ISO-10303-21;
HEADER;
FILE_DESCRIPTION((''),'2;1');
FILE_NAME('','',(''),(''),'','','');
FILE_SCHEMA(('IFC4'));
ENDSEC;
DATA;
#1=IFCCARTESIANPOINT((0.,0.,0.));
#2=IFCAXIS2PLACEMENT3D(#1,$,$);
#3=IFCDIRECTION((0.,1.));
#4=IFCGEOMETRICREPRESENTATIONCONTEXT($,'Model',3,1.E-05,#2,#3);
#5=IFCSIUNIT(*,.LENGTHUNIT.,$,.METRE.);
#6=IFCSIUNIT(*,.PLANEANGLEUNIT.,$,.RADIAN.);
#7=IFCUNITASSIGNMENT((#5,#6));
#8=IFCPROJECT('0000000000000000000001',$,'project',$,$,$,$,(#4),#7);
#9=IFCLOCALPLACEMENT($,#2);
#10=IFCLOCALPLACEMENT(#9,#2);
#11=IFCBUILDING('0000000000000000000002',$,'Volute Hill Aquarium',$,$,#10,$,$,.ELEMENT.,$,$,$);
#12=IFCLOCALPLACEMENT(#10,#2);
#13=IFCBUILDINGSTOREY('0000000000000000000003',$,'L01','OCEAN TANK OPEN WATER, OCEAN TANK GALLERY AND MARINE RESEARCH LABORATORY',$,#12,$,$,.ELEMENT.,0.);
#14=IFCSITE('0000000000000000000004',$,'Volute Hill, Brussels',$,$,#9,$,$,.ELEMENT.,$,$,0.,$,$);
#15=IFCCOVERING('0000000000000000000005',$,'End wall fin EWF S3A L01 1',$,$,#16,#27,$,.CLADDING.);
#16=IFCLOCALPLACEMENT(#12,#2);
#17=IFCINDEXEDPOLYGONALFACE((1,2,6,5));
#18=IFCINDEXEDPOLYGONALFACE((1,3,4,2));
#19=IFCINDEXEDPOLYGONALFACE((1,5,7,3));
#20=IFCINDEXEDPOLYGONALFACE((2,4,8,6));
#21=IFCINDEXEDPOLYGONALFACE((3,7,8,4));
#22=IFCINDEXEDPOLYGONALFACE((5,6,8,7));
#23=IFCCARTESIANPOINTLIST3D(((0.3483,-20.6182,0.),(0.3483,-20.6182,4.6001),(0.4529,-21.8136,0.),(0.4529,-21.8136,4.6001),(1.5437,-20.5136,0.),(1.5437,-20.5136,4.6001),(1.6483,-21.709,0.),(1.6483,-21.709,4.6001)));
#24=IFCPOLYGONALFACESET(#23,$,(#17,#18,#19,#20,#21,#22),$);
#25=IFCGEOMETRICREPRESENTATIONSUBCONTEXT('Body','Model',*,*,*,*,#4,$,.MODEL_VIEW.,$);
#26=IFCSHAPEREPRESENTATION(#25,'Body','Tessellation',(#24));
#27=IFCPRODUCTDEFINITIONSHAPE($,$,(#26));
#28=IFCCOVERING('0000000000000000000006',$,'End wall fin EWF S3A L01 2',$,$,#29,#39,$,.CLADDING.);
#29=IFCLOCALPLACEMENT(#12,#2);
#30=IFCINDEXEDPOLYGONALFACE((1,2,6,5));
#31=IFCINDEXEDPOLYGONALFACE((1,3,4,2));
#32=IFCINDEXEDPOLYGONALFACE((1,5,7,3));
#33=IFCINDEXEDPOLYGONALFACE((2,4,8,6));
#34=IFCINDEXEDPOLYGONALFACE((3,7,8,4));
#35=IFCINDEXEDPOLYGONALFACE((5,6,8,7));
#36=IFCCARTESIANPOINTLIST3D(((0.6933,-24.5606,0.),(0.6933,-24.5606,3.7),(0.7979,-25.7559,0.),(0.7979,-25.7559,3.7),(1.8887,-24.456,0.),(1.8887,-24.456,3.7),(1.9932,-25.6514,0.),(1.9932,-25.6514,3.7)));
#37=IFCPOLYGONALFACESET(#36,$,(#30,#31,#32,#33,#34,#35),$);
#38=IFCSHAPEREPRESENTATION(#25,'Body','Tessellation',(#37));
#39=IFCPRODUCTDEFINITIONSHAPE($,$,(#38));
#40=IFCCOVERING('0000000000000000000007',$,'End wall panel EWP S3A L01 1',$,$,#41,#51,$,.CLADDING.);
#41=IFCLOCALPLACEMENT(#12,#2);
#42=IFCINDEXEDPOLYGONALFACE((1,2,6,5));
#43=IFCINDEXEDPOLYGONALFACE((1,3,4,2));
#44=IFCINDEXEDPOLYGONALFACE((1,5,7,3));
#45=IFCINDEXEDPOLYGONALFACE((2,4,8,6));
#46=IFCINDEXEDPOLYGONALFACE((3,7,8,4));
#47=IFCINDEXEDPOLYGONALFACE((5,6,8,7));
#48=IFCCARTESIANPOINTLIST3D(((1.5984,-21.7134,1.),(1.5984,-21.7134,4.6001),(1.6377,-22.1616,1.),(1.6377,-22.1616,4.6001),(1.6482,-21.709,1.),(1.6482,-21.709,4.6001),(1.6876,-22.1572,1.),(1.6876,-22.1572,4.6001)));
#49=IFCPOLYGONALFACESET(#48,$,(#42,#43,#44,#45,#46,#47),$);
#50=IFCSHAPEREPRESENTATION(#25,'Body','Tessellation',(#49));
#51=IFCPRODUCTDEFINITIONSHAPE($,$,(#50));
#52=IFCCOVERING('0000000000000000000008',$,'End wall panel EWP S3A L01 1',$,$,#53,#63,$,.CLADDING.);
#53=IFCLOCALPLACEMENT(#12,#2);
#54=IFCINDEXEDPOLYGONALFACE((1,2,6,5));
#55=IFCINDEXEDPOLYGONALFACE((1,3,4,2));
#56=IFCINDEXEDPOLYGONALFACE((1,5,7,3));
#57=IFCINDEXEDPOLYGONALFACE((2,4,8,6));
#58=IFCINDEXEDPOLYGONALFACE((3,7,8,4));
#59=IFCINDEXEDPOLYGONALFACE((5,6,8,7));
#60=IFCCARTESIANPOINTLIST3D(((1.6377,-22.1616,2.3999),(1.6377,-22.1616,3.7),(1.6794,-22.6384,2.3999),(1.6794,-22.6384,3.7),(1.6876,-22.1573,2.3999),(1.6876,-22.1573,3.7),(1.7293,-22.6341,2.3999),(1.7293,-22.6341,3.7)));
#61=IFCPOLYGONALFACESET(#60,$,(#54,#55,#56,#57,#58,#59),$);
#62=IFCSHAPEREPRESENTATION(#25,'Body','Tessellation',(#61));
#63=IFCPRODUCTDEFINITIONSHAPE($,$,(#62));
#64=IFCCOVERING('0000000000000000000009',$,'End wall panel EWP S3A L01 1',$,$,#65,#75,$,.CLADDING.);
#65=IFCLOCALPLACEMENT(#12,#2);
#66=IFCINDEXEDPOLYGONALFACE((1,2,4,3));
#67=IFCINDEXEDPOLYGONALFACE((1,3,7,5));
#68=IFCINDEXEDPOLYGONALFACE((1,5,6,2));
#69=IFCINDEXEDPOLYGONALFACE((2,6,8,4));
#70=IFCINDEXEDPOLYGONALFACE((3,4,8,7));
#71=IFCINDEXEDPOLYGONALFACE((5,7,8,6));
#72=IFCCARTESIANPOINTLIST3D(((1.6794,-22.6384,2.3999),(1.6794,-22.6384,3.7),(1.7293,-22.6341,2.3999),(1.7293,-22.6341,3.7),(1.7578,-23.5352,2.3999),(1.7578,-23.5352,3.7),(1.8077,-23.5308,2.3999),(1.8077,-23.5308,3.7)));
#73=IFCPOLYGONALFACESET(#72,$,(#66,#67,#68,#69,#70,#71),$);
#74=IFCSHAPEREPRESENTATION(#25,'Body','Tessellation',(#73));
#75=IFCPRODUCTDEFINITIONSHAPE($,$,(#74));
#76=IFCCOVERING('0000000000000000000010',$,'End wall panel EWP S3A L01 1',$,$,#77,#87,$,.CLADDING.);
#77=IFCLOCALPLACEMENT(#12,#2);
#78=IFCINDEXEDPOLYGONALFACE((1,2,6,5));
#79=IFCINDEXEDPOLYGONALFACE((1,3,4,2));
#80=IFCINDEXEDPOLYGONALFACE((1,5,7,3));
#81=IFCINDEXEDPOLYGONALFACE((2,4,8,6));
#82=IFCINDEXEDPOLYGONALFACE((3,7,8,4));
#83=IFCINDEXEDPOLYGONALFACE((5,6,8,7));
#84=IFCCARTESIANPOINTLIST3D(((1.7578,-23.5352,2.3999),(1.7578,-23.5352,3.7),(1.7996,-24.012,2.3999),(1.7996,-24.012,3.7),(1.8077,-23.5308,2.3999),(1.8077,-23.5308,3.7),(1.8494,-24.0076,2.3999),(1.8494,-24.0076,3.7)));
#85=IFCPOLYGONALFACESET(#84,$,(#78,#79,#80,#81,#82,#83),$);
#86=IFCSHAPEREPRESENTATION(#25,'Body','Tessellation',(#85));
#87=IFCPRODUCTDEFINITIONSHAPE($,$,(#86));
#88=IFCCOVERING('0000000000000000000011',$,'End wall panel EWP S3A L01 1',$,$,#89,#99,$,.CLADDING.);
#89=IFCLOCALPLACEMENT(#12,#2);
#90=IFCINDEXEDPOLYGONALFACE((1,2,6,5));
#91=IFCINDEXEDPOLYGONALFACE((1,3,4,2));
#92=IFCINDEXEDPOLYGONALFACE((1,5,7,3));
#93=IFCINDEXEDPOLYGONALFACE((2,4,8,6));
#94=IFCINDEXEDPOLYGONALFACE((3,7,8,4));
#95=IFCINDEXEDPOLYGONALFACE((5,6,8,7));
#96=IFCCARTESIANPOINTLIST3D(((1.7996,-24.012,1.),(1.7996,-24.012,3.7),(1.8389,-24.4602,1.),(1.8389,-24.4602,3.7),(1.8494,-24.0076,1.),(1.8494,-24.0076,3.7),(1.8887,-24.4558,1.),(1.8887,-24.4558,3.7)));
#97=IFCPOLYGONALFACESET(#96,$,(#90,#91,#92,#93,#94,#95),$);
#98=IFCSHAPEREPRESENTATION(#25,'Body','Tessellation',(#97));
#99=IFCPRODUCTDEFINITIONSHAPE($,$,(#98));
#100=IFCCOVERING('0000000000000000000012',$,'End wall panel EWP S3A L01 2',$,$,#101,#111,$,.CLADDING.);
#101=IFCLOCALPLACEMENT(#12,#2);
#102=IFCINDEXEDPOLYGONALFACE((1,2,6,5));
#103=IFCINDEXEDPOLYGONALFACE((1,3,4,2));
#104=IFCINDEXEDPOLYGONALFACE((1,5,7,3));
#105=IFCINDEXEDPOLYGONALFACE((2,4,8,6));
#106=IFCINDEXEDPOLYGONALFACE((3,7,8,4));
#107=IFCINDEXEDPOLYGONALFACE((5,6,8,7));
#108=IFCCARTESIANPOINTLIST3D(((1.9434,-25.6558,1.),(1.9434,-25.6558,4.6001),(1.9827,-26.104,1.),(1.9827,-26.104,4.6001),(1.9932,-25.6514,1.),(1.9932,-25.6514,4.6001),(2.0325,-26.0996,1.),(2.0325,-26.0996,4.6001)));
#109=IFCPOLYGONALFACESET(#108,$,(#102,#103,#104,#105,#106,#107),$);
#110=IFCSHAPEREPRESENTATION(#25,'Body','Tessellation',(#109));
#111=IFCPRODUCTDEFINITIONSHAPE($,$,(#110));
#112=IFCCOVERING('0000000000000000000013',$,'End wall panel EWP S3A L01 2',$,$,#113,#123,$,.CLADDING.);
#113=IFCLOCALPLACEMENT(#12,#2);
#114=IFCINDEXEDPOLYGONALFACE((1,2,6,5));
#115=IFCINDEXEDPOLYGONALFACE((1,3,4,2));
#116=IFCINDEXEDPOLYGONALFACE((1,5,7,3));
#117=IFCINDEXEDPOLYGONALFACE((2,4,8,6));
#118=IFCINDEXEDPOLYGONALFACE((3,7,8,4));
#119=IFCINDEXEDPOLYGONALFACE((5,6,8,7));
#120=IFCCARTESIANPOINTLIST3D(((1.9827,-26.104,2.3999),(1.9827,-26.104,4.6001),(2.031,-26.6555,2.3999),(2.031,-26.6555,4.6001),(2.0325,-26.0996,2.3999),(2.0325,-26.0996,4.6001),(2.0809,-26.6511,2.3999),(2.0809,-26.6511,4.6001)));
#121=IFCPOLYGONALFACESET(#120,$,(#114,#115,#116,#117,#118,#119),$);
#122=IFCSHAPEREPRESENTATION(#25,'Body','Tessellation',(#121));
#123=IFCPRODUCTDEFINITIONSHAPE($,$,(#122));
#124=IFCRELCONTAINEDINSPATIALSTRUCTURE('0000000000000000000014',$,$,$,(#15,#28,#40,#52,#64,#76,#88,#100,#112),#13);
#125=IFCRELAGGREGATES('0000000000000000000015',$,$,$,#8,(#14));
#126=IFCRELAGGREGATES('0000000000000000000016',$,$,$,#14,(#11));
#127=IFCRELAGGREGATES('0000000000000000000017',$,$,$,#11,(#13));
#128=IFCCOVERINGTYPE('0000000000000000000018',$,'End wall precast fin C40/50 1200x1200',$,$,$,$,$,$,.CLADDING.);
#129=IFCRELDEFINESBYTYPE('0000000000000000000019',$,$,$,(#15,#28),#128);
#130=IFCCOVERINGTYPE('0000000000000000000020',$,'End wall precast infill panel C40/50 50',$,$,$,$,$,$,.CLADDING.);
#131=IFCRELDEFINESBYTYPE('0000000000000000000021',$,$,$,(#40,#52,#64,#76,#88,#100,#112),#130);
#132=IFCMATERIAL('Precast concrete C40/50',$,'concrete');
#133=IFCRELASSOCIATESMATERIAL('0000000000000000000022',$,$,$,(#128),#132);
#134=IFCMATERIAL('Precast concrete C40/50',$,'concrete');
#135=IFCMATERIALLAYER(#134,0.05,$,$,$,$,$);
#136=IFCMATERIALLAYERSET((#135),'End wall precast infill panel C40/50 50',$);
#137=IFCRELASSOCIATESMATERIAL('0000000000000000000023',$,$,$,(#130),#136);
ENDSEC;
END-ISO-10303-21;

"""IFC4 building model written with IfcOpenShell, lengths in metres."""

from ifc_helpers import new_model, si_unit, direction, frame, origin, origin_2d, place, context, subcontext, project, spatial, polyline, rectangle, outline, extrude, material, layer, layer_set, type_object, element, save


model = new_model("IFC4")

# Units and contexts
model_context = context("Model", 3, precision=1e-05, world=origin(), true_north=direction((0.0, 1.0)))
body_context = subcontext(model_context, "Body", "Model", "MODEL_VIEW")
ifc_project = project(units=[si_unit("LENGTHUNIT", "METRE"), si_unit("PLANEANGLEUNIT", "RADIAN")], contexts=[model_context])

# Site, building, storey
site_placement = place(None, origin())
site = spatial("IfcSite", under=ifc_project, at=site_placement, Name="Volute Hill, Brussels", CompositionType="ELEMENT", RefElevation=0.0)
building_placement = place(site_placement, origin())
building = spatial("IfcBuilding", under=site, at=building_placement, Name="Volute Hill Aquarium", CompositionType="ELEMENT")
storey_placement = place(building_placement, origin())
storey = spatial("IfcBuildingStorey", under=building, at=storey_placement, Name="L01", Description="OCEAN TANK OPEN WATER, OCEAN TANK GALLERY AND MARINE RESEARCH LABORATORY", CompositionType="ELEMENT", Elevation=0.0)

# Coverings
ifc_material_1 = material(Name="Precast concrete C40/50", Category="concrete")
covering_type_1 = type_object("IfcCoveringType", Name="End wall precast fin C40/50 1200x1200", PredefinedType="CLADDING", material=ifc_material_1)
covering_1_placement = place(storey_placement, frame((0.9983, -21.1636, 0.0), z_axis=(0.0, 0.0, 1.0), x_axis=(0.08716, -0.996194, 0.0)))
element("IfcCovering", 1, at=covering_1_placement, inside=storey, type_object=covering_type_1, Name="End wall fin EWF S3A L01 1", PredefinedType="CLADDING", context=body_context, shape_type="SweptSolid", body=[
    extrude(rectangle(XDim=1.2, YDim=1.2, at=origin_2d()), origin(), (0.0, 0.0, 1.0), 4.6001),
])
covering_2_placement = place(storey_placement, frame((1.3433, -25.106, 0.0), z_axis=(0.0, 0.0, 1.0), x_axis=(0.08716, -0.996194, 0.0)))
element("IfcCovering", 2, at=covering_2_placement, inside=storey, type_object=covering_type_1, Name="End wall fin EWF S3A L01 2", PredefinedType="CLADDING", context=body_context, shape_type="SweptSolid", body=[
    extrude(rectangle(XDim=1.2, YDim=1.2, at=origin_2d()), origin(), (0.0, 0.0, 1.0), 3.7),
])
ifc_material_2 = material(Name="Precast concrete C40/50", Category="concrete")
ifc_layer_1 = layer(ifc_material_2, 0.05)
ifc_layer_set_1 = layer_set([ifc_layer_1], Name="End wall precast infill panel C40/50 50")
covering_type_2 = type_object("IfcCoveringType", Name="End wall precast infill panel C40/50 50", PredefinedType="CLADDING", material=ifc_layer_set_1)
covering_3_placement = place(storey_placement, frame((1.5984, -21.7134, 1.0), z_axis=(-0.996177, -0.087355, 0.0), x_axis=(0.087355, -0.996177, 0.0)))
element("IfcCovering", 3, at=covering_3_placement, inside=storey, type_object=covering_type_2, Name="End wall panel EWP S3A L01 1", PredefinedType="CLADDING", context=body_context, shape_type="SweptSolid", body=[
    extrude(outline(polyline([(0.0, 0.0), (0.45, 0.0), (0.45, 3.6001), (0.0, 3.6001), (0.0, 0.0)])), origin(), (0.0, 0.0, -1.0), 0.05),
])
covering_4_placement = place(storey_placement, frame((1.6377, -22.1616, 2.3999), z_axis=(-0.996189, -0.087224, 0.0), x_axis=(0.087224, -0.996189, 0.0)))
element("IfcCovering", 4, at=covering_4_placement, inside=storey, type_object=covering_type_2, Name="End wall panel EWP S3A L01 1", PredefinedType="CLADDING", context=body_context, shape_type="SweptSolid", body=[
    extrude(outline(polyline([(0.0, 0.0), (0.4786, 0.0), (0.4786, 1.3), (0.0, 1.3), (0.0, 0.0)])), origin(), (0.0, 0.0, -1.0), 0.05),
])
covering_5_placement = place(storey_placement, frame((1.6794, -22.6384, 2.3999), z_axis=(-0.996203, -0.087063, 0.0), x_axis=(0.087063, -0.996203, 0.0)))
element("IfcCovering", 5, at=covering_5_placement, inside=storey, type_object=covering_type_2, Name="End wall panel EWP S3A L01 1", PredefinedType="CLADDING", context=body_context, shape_type="SweptSolid", body=[
    extrude(outline(polyline([(0.0, 0.0), (0.9001, 0.0), (0.9001, 1.3), (0.0, 1.3), (0.0, 0.0)])), origin(), (0.0, 0.0, -1.0), 0.05),
])
covering_6_placement = place(storey_placement, frame((1.7578, -23.5352, 2.3999), z_axis=(-0.996189, -0.087224, 0.0), x_axis=(0.087224, -0.996189, 0.0)))
element("IfcCovering", 6, at=covering_6_placement, inside=storey, type_object=covering_type_2, Name="End wall panel EWP S3A L01 1", PredefinedType="CLADDING", context=body_context, shape_type="SweptSolid", body=[
    extrude(outline(polyline([(0.0, 0.0), (0.4786, 0.0), (0.4786, 1.3), (0.0, 1.3), (0.0, 0.0)])), origin(), (0.0, 0.0, -1.0), 0.05),
])
covering_7_placement = place(storey_placement, frame((1.7996, -24.012, 1.0), z_axis=(-0.996177, -0.087355, 0.0), x_axis=(0.087355, -0.996177, 0.0)))
element("IfcCovering", 7, at=covering_7_placement, inside=storey, type_object=covering_type_2, Name="End wall panel EWP S3A L01 1", PredefinedType="CLADDING", context=body_context, shape_type="SweptSolid", body=[
    extrude(outline(polyline([(0.0, 0.0), (0.45, 0.0), (0.45, 2.7), (0.0, 2.7), (0.0, 0.0)])), origin(), (0.0, 0.0, -1.0), 0.05),
])
covering_8_placement = place(storey_placement, frame((1.9434, -25.6558, 1.0), z_axis=(-0.996177, -0.087355, 0.0), x_axis=(0.087355, -0.996177, 0.0)))
element("IfcCovering", 8, at=covering_8_placement, inside=storey, type_object=covering_type_2, Name="End wall panel EWP S3A L01 2", PredefinedType="CLADDING", context=body_context, shape_type="SweptSolid", body=[
    extrude(outline(polyline([(0.0, 0.0), (0.45, 0.0), (0.45, 3.6001), (0.0, 3.6001), (0.0, 0.0)])), origin(), (0.0, 0.0, -1.0), 0.05),
])
covering_9_placement = place(storey_placement, frame((1.9827, -26.104, 2.3999), z_axis=(-0.996181, -0.087315, 0.0), x_axis=(0.087315, -0.996181, 0.0)))
element("IfcCovering", 9, at=covering_9_placement, inside=storey, type_object=covering_type_2, Name="End wall panel EWP S3A L01 2", PredefinedType="CLADDING", context=body_context, shape_type="SweptSolid", body=[
    extrude(outline(polyline([(0.0, 0.0), (0.5536, 0.0), (0.5536, 2.2002), (0.0, 2.2002), (0.0, 0.0)])), origin(), (0.0, 0.0, -1.0), 0.05),
])

save(model, "model.ifc")
